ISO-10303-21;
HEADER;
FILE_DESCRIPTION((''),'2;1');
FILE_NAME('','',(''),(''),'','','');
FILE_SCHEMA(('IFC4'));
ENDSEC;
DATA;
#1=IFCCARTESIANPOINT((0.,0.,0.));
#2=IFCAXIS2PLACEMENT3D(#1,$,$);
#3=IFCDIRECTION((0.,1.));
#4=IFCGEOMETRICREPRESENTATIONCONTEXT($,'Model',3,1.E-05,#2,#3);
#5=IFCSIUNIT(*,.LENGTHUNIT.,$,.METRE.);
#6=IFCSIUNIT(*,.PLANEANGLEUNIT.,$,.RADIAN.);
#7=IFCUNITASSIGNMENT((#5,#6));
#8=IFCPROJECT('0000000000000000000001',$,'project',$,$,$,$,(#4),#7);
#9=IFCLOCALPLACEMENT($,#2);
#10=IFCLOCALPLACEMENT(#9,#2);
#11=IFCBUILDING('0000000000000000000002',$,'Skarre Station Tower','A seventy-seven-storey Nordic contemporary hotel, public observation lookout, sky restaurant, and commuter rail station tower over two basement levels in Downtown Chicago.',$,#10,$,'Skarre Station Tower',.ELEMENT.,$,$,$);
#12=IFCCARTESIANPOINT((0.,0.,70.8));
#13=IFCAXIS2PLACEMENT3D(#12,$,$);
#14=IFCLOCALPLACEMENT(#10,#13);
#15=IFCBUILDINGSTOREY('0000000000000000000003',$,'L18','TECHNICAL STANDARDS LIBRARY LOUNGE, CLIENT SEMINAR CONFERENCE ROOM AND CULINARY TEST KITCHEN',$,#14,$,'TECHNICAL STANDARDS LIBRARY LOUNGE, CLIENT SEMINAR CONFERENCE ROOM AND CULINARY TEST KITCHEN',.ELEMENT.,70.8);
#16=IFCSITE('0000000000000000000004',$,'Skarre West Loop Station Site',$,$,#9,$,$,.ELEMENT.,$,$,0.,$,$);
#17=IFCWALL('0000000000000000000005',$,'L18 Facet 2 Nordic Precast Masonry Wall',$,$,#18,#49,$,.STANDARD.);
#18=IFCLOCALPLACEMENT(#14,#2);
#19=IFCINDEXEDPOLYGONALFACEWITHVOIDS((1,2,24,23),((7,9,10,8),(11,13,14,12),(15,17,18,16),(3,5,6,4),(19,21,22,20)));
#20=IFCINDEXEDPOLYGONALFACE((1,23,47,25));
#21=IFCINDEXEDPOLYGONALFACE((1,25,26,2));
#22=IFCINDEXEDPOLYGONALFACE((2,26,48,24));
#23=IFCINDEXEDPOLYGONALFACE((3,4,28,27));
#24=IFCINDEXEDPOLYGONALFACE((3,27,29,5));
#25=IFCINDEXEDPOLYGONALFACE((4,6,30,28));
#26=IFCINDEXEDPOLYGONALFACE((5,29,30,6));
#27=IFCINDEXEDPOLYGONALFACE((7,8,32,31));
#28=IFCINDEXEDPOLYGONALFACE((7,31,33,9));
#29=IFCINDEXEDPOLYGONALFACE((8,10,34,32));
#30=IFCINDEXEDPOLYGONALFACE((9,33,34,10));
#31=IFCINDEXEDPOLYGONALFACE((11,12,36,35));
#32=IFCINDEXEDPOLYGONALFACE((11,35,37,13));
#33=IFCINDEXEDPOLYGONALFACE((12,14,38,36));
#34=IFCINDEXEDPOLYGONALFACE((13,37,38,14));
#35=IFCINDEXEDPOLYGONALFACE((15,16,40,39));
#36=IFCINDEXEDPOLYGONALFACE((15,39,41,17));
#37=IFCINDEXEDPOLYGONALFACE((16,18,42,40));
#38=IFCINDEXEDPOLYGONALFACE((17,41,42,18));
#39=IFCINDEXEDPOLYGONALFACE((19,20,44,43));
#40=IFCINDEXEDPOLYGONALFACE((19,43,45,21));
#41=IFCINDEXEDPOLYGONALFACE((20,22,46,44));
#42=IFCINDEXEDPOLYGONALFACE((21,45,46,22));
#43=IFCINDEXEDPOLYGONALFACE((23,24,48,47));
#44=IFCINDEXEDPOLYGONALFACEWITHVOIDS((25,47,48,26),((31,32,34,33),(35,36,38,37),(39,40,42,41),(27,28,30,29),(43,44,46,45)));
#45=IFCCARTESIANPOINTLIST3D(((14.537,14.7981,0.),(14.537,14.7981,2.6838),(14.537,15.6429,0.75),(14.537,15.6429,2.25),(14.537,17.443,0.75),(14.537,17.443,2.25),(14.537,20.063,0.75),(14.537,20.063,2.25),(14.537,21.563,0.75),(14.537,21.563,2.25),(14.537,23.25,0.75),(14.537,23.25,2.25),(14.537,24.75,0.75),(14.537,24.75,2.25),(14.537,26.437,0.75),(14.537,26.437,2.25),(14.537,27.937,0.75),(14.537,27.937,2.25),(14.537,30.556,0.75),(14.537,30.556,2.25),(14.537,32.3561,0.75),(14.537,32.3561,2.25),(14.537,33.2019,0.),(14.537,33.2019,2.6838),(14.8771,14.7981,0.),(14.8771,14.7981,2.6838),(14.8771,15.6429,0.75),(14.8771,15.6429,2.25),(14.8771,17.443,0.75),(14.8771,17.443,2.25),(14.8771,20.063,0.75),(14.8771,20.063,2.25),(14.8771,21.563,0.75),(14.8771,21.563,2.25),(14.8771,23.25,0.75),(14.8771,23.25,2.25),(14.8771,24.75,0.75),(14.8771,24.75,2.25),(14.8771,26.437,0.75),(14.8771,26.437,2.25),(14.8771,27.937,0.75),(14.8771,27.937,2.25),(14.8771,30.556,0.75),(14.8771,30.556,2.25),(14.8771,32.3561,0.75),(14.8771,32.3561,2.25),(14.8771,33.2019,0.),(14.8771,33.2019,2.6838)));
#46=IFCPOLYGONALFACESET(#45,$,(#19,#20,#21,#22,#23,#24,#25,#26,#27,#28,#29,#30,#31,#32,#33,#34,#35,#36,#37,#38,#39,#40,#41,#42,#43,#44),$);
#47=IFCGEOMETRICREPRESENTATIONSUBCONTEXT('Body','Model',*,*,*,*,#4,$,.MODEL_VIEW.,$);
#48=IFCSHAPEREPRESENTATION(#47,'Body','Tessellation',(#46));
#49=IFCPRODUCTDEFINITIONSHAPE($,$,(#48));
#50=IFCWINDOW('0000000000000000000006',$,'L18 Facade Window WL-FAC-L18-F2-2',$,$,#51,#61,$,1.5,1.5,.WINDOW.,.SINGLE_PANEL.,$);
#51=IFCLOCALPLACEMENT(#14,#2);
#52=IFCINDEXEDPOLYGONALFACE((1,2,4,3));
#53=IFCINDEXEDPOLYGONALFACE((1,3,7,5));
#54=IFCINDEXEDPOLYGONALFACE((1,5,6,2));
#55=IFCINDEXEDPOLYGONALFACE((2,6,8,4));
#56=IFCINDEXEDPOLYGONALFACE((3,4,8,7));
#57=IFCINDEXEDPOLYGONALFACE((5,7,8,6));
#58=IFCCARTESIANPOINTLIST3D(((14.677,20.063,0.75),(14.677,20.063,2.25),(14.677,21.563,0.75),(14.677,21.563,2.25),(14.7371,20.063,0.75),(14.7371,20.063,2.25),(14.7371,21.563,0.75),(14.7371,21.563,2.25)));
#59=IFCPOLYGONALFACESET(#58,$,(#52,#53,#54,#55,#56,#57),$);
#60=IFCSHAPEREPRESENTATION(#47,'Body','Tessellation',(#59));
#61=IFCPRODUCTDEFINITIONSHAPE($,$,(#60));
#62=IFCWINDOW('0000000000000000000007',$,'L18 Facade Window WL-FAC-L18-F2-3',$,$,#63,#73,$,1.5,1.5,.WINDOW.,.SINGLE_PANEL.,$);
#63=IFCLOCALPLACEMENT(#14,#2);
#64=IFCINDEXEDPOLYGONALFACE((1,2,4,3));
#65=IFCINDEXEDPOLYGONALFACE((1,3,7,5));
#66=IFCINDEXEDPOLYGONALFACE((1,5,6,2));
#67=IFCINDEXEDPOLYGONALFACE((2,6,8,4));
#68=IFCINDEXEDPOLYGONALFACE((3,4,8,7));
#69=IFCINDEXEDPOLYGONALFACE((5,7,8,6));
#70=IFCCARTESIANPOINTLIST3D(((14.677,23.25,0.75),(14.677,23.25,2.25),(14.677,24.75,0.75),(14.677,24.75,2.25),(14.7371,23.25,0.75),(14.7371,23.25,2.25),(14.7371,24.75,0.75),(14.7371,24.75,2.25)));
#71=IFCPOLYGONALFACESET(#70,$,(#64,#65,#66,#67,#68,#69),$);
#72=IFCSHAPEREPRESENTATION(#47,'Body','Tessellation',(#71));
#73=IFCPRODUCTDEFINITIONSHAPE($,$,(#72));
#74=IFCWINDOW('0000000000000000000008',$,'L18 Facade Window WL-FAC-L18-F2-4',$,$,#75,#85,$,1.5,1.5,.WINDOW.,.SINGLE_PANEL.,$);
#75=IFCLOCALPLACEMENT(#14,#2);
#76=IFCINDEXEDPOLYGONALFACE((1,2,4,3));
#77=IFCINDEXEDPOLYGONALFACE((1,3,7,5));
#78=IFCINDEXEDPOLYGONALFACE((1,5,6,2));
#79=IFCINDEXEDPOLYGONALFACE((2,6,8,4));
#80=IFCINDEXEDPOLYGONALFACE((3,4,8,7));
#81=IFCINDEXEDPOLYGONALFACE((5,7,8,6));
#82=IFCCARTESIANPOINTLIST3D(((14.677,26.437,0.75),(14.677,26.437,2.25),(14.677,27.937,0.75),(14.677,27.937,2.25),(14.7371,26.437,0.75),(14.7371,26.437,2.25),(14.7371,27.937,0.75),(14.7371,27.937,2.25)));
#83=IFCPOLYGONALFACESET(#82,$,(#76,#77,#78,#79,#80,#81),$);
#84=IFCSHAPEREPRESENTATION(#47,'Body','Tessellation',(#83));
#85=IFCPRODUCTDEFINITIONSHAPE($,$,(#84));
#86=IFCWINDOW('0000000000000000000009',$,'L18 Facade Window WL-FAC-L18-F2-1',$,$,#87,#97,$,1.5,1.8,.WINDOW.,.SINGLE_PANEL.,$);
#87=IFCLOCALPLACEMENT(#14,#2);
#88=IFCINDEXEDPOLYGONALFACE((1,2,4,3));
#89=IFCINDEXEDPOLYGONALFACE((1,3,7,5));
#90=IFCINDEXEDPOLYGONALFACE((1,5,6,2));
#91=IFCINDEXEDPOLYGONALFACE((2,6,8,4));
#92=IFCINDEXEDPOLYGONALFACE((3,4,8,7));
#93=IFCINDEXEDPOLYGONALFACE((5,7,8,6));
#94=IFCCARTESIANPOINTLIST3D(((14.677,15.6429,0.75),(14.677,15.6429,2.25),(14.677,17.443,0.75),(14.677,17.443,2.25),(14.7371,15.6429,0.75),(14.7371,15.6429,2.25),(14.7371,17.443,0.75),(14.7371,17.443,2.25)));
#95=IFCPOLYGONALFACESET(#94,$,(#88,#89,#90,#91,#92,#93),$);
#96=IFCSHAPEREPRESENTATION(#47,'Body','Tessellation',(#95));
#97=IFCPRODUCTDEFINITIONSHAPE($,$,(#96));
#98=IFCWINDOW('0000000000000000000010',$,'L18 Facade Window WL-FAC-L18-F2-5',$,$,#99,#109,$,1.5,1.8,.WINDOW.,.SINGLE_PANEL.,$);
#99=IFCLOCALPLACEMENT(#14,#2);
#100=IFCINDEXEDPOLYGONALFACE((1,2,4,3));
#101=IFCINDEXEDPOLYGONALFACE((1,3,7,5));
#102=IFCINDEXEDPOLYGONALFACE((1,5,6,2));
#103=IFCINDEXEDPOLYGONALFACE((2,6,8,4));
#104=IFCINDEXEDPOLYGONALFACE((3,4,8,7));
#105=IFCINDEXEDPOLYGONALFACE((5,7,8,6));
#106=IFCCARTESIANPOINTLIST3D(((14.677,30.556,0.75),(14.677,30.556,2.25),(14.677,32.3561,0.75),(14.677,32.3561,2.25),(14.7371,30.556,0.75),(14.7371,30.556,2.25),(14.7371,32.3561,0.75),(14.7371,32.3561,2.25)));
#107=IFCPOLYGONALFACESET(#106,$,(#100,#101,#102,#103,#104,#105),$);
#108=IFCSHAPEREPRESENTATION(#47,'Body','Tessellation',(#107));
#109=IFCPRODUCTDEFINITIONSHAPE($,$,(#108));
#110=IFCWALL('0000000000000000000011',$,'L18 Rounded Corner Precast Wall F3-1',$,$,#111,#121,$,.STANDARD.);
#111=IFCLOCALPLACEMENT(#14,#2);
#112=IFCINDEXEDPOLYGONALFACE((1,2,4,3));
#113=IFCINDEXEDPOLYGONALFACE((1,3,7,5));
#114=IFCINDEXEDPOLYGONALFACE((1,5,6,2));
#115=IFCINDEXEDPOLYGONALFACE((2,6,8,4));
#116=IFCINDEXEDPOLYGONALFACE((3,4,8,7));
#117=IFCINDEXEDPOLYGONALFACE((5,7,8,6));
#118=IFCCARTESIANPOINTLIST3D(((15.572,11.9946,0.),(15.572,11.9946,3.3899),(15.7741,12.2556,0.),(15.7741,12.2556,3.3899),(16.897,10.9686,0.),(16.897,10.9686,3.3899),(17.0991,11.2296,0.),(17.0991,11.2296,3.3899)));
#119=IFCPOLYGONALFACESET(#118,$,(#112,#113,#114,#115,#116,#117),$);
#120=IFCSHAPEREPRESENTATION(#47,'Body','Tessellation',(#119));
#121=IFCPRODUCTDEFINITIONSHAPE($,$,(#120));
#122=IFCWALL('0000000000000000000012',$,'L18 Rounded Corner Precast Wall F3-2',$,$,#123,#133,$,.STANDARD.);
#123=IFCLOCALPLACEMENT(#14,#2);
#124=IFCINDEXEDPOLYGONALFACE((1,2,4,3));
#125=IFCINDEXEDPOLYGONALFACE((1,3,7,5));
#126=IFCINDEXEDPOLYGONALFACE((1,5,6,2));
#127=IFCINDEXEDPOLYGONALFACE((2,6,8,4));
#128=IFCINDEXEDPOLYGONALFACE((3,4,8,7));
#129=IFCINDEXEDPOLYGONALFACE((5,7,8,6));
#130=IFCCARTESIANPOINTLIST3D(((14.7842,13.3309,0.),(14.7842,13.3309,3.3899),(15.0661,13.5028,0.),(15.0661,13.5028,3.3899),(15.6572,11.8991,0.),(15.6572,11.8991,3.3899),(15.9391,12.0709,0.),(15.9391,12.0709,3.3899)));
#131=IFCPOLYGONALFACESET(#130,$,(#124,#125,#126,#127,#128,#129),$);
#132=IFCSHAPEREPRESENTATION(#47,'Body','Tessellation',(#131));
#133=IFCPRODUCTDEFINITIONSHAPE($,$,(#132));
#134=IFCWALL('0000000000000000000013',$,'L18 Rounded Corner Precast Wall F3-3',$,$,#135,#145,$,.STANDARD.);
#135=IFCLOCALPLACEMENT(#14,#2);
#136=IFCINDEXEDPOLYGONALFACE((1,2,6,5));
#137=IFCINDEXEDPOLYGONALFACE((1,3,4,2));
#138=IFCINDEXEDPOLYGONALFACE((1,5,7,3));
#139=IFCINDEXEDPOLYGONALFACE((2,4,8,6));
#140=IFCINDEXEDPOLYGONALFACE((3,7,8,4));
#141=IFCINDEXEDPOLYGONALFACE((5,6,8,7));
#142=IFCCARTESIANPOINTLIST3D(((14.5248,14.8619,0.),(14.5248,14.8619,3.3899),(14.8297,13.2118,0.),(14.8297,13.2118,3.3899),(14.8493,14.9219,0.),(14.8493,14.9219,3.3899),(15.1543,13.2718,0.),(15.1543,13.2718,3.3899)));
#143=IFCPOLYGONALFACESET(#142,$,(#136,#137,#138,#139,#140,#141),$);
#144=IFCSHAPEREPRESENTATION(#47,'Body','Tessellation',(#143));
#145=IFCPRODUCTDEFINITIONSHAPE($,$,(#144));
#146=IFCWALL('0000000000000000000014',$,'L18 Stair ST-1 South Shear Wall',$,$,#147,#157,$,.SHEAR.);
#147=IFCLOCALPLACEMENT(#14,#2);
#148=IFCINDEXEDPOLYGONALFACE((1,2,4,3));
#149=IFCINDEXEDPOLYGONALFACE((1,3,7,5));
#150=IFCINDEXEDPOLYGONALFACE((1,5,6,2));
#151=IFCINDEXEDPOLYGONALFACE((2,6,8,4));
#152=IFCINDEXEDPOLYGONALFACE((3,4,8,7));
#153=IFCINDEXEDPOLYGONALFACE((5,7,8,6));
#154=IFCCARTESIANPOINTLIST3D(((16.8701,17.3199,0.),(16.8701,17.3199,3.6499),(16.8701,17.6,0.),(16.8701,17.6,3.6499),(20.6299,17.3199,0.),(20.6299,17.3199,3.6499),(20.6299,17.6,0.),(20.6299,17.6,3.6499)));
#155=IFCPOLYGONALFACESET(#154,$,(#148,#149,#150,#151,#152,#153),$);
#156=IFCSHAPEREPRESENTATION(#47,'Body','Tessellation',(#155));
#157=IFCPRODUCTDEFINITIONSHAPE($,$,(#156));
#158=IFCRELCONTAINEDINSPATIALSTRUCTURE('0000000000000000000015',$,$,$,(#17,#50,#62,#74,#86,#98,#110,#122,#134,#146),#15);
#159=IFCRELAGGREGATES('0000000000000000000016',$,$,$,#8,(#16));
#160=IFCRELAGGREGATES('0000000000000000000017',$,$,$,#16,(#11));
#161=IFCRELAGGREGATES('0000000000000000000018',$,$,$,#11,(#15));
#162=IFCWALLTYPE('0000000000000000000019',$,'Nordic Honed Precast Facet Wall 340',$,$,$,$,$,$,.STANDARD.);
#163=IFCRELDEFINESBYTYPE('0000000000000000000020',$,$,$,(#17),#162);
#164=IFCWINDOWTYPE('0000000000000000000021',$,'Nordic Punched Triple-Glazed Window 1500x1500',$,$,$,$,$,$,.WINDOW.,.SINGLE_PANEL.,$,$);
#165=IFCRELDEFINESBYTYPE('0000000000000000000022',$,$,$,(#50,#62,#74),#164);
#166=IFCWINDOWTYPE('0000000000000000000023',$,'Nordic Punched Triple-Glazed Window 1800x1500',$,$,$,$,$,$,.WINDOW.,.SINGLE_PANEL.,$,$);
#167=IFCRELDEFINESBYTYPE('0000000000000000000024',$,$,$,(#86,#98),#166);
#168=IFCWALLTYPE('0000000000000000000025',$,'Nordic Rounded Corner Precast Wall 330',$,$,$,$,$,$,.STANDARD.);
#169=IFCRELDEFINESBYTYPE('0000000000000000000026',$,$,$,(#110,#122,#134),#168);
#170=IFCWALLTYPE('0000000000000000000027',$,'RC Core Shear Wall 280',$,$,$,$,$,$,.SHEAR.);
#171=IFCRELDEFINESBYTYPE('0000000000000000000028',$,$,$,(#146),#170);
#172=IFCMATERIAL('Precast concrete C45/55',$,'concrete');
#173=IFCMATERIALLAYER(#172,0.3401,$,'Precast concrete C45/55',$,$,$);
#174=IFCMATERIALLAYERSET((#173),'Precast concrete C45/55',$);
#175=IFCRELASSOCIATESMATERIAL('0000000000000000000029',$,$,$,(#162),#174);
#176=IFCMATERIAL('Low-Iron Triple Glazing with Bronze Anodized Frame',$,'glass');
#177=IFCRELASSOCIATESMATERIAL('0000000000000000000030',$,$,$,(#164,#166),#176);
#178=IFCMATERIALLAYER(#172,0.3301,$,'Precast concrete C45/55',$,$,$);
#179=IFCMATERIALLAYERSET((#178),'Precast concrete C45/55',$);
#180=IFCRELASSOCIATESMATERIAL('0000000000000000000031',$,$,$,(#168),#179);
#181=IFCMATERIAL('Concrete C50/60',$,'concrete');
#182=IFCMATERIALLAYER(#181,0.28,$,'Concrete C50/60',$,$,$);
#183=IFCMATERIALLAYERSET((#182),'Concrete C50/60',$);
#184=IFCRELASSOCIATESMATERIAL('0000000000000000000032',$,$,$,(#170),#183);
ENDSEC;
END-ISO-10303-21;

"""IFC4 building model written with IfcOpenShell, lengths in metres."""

from ifc_helpers import new_model, si_unit, direction, frame, frame_2d, origin, place, context, subcontext, project, spatial, rectangle, extrude, material, layer, layer_set, type_object, element, fill, save


model = new_model("IFC4")

# Units and contexts
model_context = context("Model", 3, precision=1e-05, world=origin(), true_north=direction((0.0, 1.0)))
body_context = subcontext(model_context, "Body", "Model", "MODEL_VIEW")
ifc_project = project(units=[si_unit("LENGTHUNIT", "METRE"), si_unit("PLANEANGLEUNIT", "RADIAN")], contexts=[model_context])

# Site, building, storey
site_placement = place(None, origin())
site = spatial("IfcSite", under=ifc_project, at=site_placement, Name="Skarre West Loop Station Site", CompositionType="ELEMENT", RefElevation=0.0)
building_placement = place(site_placement, origin())
building = spatial("IfcBuilding", under=site, at=building_placement, Name="Skarre Station Tower", Description="A seventy-seven-storey Nordic contemporary hotel, public observation lookout, sky restaurant, and commuter rail station tower over two basement levels in Downtown Chicago.", LongName="Skarre Station Tower", CompositionType="ELEMENT")
storey_placement = place(building_placement, frame((0.0, 0.0, 70.8)))
storey = spatial("IfcBuildingStorey", under=building, at=storey_placement, Name="L18", Description="TECHNICAL STANDARDS LIBRARY LOUNGE, CLIENT SEMINAR CONFERENCE ROOM AND CULINARY TEST KITCHEN", LongName="TECHNICAL STANDARDS LIBRARY LOUNGE, CLIENT SEMINAR CONFERENCE ROOM AND CULINARY TEST KITCHEN", CompositionType="ELEMENT", Elevation=70.8)

# Shared definitions
ifc_material_1 = material(Name="Concrete C50/60", Category="concrete")

# Wall, openings, windows
ifc_material_2 = material(Name="Precast concrete C45/55", Category="concrete")
ifc_layer_1 = layer(ifc_material_2, 0.3401, Name="Precast concrete C45/55")
ifc_layer_set_1 = layer_set([ifc_layer_1], Name="Precast concrete C45/55")
wall_type_1 = type_object("IfcWallType", Name="Nordic Honed Precast Facet Wall 340", PredefinedType="STANDARD", material=ifc_layer_set_1)
wall_1_placement = place(storey_placement, frame((14.707, 14.7981, 0.0), z_axis=(0.0, 0.0, 1.0), x_axis=(0.0, 1.0, 0.0)))
wall_1 = element("IfcWall", 1, at=wall_1_placement, inside=storey, type_object=wall_type_1, Name="L18 Facet 2 Nordic Precast Masonry Wall", PredefinedType="STANDARD", context=body_context, shape_type="SweptSolid", body=[
    extrude(rectangle(XDim=18.4038, YDim=0.3401, at=frame_2d((9.2019, 0.0))), origin(), (0.0, 0.0, 1.0), 2.6838),
])
opening_1_placement = place(wall_1_placement, frame((0.845, 0.0, 0.75)))
opening_1 = element("IfcOpeningElement", 2, at=opening_1_placement, cuts=wall_1, PredefinedType="OPENING", context=body_context, shape_type="SweptSolid", body=[
    extrude(rectangle(XDim=1.8, YDim=1.5, at=frame_2d((0.8999, 0.75))), frame((0.0, 0.1799, 0.0), z_axis=(0.0, -1.0, 0.0), x_axis=(1.0, 0.0, 0.0)), (0.0, 0.0, 1.0), 0.3601),
])
opening_2_placement = place(wall_1_placement, frame((5.2649, 0.0, 0.75)))
opening_2 = element("IfcOpeningElement", 3, at=opening_2_placement, cuts=wall_1, PredefinedType="OPENING", context=body_context, shape_type="SweptSolid", body=[
    extrude(rectangle(XDim=1.5, YDim=1.5, at=frame_2d((0.75, 0.75))), frame((0.0, 0.1799, 0.0), z_axis=(0.0, -1.0, 0.0), x_axis=(1.0, 0.0, 0.0)), (0.0, 0.0, 1.0), 0.3601),
])
opening_3_placement = place(wall_1_placement, frame((8.4519, 0.0, 0.75)))
opening_3 = element("IfcOpeningElement", 4, at=opening_3_placement, cuts=wall_1, PredefinedType="OPENING", context=body_context, shape_type="SweptSolid", body=[
    extrude(rectangle(XDim=1.5, YDim=1.5, at=frame_2d((0.75, 0.75))), frame((0.0, 0.1799, 0.0), z_axis=(0.0, -1.0, 0.0), x_axis=(1.0, 0.0, 0.0)), (0.0, 0.0, 1.0), 0.3601),
])
opening_4_placement = place(wall_1_placement, frame((11.6389, 0.0, 0.75)))
opening_4 = element("IfcOpeningElement", 5, at=opening_4_placement, cuts=wall_1, PredefinedType="OPENING", context=body_context, shape_type="SweptSolid", body=[
    extrude(rectangle(XDim=1.5, YDim=1.5, at=frame_2d((0.75, 0.75))), frame((0.0, 0.1799, 0.0), z_axis=(0.0, -1.0, 0.0), x_axis=(1.0, 0.0, 0.0)), (0.0, 0.0, 1.0), 0.3601),
])
opening_5_placement = place(wall_1_placement, frame((15.7581, 0.0, 0.75)))
opening_5 = element("IfcOpeningElement", 6, at=opening_5_placement, cuts=wall_1, PredefinedType="OPENING", context=body_context, shape_type="SweptSolid", body=[
    extrude(rectangle(XDim=1.8, YDim=1.5, at=frame_2d((0.8999, 0.75))), frame((0.0, 0.1799, 0.0), z_axis=(0.0, -1.0, 0.0), x_axis=(1.0, 0.0, 0.0)), (0.0, 0.0, 1.0), 0.3601),
])
ifc_material_3 = material(Name="Low-Iron Triple Glazing with Bronze Anodized Frame", Category="glass")
window_type_1 = type_object("IfcWindowType", Name="Nordic Punched Triple-Glazed Window 1500x1500", PartitioningType="SINGLE_PANEL", PredefinedType="WINDOW", material=ifc_material_3)
window_1_placement = place(opening_2_placement, origin())
window_1 = element("IfcWindow", 7, at=window_1_placement, inside=storey, type_object=window_type_1, Name="L18 Facade Window WL-FAC-L18-F2-2", OverallHeight=1.5, OverallWidth=1.5, PartitioningType="SINGLE_PANEL", PredefinedType="WINDOW", context=body_context, shape_type="SweptSolid", body=[
    extrude(rectangle(XDim=1.5, YDim=1.5, at=frame_2d((0.75, 0.75))), frame((0.0, 0.03, 0.0), z_axis=(0.0, -1.0, 0.0), x_axis=(1.0, 0.0, 0.0)), (0.0, 0.0, 1.0), 0.0601),
])
fill(opening_2, window_1)
window_2_placement = place(opening_3_placement, origin())
window_2 = element("IfcWindow", 8, at=window_2_placement, inside=storey, type_object=window_type_1, Name="L18 Facade Window WL-FAC-L18-F2-3", OverallHeight=1.5, OverallWidth=1.5, PartitioningType="SINGLE_PANEL", PredefinedType="WINDOW", context=body_context, shape_type="SweptSolid", body=[
    extrude(rectangle(XDim=1.5, YDim=1.5, at=frame_2d((0.75, 0.75))), frame((0.0, 0.03, 0.0), z_axis=(0.0, -1.0, 0.0), x_axis=(1.0, 0.0, 0.0)), (0.0, 0.0, 1.0), 0.0601),
])
fill(opening_3, window_2)
window_3_placement = place(opening_4_placement, origin())
window_3 = element("IfcWindow", 9, at=window_3_placement, inside=storey, type_object=window_type_1, Name="L18 Facade Window WL-FAC-L18-F2-4", OverallHeight=1.5, OverallWidth=1.5, PartitioningType="SINGLE_PANEL", PredefinedType="WINDOW", context=body_context, shape_type="SweptSolid", body=[
    extrude(rectangle(XDim=1.5, YDim=1.5, at=frame_2d((0.75, 0.75))), frame((0.0, 0.03, 0.0), z_axis=(0.0, -1.0, 0.0), x_axis=(1.0, 0.0, 0.0)), (0.0, 0.0, 1.0), 0.0601),
])
fill(opening_4, window_3)
window_type_2 = type_object("IfcWindowType", Name="Nordic Punched Triple-Glazed Window 1800x1500", PartitioningType="SINGLE_PANEL", PredefinedType="WINDOW", material=ifc_material_3)
window_4_placement = place(opening_1_placement, origin())
window_4 = element("IfcWindow", 10, at=window_4_placement, inside=storey, type_object=window_type_2, Name="L18 Facade Window WL-FAC-L18-F2-1", OverallHeight=1.5, OverallWidth=1.8, PartitioningType="SINGLE_PANEL", PredefinedType="WINDOW", context=body_context, shape_type="SweptSolid", body=[
    extrude(rectangle(XDim=1.8, YDim=1.5, at=frame_2d((0.8999, 0.75))), frame((0.0, 0.03, 0.0), z_axis=(0.0, -1.0, 0.0), x_axis=(1.0, 0.0, 0.0)), (0.0, 0.0, 1.0), 0.0601),
])
fill(opening_1, window_4)
window_5_placement = place(opening_5_placement, origin())
window_5 = element("IfcWindow", 11, at=window_5_placement, inside=storey, type_object=window_type_2, Name="L18 Facade Window WL-FAC-L18-F2-5", OverallHeight=1.5, OverallWidth=1.8, PartitioningType="SINGLE_PANEL", PredefinedType="WINDOW", context=body_context, shape_type="SweptSolid", body=[
    extrude(rectangle(XDim=1.8, YDim=1.5, at=frame_2d((0.8999, 0.75))), frame((0.0, 0.03, 0.0), z_axis=(0.0, -1.0, 0.0), x_axis=(1.0, 0.0, 0.0)), (0.0, 0.0, 1.0), 0.0601),
])
fill(opening_5, window_5)

# Walls
ifc_layer_2 = layer(ifc_material_2, 0.3301, Name="Precast concrete C45/55")
ifc_layer_set_2 = layer_set([ifc_layer_2], Name="Precast concrete C45/55")
wall_type_2 = type_object("IfcWallType", Name="Nordic Rounded Corner Precast Wall 330", PredefinedType="STANDARD", material=ifc_layer_set_2)
wall_2_placement = place(storey_placement, frame((16.998, 11.0991, 0.0), z_axis=(0.0, 0.0, 1.0), x_axis=(-0.790692, 0.612214, 0.0)))
element("IfcWall", 12, at=wall_2_placement, inside=storey, type_object=wall_type_2, Name="L18 Rounded Corner Precast Wall F3-1", PredefinedType="STANDARD", context=body_context, shape_type="SweptSolid", body=[
    extrude(rectangle(XDim=1.6758, YDim=0.3301, at=frame_2d((0.8379, 0.0))), origin(), (0.0, 0.0, 1.0), 3.3899),
])
wall_3_placement = place(storey_placement, frame((15.7981, 11.9851, 0.0), z_axis=(0.0, 0.0, 1.0), x_axis=(-0.520584, 0.85381, 0.0)))
element("IfcWall", 13, at=wall_3_placement, inside=storey, type_object=wall_type_2, Name="L18 Rounded Corner Precast Wall F3-2", PredefinedType="STANDARD", context=body_context, shape_type="SweptSolid", body=[
    extrude(rectangle(XDim=1.677, YDim=0.3301, at=frame_2d((0.8384, 0.0))), origin(), (0.0, 0.0, 1.0), 3.3899),
])
wall_4_placement = place(storey_placement, frame((14.9919, 13.2419, 0.0), z_axis=(0.0, 0.0, 1.0), x_axis=(-0.181714, 0.983351, 0.0)))
element("IfcWall", 14, at=wall_4_placement, inside=storey, type_object=wall_type_2, Name="L18 Rounded Corner Precast Wall F3-3", PredefinedType="STANDARD", context=body_context, shape_type="SweptSolid", body=[
    extrude(rectangle(XDim=1.678, YDim=0.3301, at=frame_2d((0.8389, 0.0))), origin(), (0.0, 0.0, 1.0), 3.3899),
])
ifc_layer_3 = layer(ifc_material_1, 0.28, Name="Concrete C50/60")
ifc_layer_set_3 = layer_set([ifc_layer_3], Name="Concrete C50/60")
wall_type_3 = type_object("IfcWallType", Name="RC Core Shear Wall 280", PredefinedType="SHEAR", material=ifc_layer_set_3)
wall_5_placement = place(storey_placement, frame((16.8701, 17.46, 0.0), z_axis=(0.0, 0.0, 1.0), x_axis=(1.0, 0.0, 0.0)))
element("IfcWall", 15, at=wall_5_placement, inside=storey, type_object=wall_type_3, Name="L18 Stair ST-1 South Shear Wall", PredefinedType="SHEAR", context=body_context, shape_type="SweptSolid", body=[
    extrude(rectangle(XDim=3.7598, YDim=0.28, at=frame_2d((1.8799, 0.0))), origin(), (0.0, 0.0, 1.0), 3.6499),
])

save(model, "model.ifc")
